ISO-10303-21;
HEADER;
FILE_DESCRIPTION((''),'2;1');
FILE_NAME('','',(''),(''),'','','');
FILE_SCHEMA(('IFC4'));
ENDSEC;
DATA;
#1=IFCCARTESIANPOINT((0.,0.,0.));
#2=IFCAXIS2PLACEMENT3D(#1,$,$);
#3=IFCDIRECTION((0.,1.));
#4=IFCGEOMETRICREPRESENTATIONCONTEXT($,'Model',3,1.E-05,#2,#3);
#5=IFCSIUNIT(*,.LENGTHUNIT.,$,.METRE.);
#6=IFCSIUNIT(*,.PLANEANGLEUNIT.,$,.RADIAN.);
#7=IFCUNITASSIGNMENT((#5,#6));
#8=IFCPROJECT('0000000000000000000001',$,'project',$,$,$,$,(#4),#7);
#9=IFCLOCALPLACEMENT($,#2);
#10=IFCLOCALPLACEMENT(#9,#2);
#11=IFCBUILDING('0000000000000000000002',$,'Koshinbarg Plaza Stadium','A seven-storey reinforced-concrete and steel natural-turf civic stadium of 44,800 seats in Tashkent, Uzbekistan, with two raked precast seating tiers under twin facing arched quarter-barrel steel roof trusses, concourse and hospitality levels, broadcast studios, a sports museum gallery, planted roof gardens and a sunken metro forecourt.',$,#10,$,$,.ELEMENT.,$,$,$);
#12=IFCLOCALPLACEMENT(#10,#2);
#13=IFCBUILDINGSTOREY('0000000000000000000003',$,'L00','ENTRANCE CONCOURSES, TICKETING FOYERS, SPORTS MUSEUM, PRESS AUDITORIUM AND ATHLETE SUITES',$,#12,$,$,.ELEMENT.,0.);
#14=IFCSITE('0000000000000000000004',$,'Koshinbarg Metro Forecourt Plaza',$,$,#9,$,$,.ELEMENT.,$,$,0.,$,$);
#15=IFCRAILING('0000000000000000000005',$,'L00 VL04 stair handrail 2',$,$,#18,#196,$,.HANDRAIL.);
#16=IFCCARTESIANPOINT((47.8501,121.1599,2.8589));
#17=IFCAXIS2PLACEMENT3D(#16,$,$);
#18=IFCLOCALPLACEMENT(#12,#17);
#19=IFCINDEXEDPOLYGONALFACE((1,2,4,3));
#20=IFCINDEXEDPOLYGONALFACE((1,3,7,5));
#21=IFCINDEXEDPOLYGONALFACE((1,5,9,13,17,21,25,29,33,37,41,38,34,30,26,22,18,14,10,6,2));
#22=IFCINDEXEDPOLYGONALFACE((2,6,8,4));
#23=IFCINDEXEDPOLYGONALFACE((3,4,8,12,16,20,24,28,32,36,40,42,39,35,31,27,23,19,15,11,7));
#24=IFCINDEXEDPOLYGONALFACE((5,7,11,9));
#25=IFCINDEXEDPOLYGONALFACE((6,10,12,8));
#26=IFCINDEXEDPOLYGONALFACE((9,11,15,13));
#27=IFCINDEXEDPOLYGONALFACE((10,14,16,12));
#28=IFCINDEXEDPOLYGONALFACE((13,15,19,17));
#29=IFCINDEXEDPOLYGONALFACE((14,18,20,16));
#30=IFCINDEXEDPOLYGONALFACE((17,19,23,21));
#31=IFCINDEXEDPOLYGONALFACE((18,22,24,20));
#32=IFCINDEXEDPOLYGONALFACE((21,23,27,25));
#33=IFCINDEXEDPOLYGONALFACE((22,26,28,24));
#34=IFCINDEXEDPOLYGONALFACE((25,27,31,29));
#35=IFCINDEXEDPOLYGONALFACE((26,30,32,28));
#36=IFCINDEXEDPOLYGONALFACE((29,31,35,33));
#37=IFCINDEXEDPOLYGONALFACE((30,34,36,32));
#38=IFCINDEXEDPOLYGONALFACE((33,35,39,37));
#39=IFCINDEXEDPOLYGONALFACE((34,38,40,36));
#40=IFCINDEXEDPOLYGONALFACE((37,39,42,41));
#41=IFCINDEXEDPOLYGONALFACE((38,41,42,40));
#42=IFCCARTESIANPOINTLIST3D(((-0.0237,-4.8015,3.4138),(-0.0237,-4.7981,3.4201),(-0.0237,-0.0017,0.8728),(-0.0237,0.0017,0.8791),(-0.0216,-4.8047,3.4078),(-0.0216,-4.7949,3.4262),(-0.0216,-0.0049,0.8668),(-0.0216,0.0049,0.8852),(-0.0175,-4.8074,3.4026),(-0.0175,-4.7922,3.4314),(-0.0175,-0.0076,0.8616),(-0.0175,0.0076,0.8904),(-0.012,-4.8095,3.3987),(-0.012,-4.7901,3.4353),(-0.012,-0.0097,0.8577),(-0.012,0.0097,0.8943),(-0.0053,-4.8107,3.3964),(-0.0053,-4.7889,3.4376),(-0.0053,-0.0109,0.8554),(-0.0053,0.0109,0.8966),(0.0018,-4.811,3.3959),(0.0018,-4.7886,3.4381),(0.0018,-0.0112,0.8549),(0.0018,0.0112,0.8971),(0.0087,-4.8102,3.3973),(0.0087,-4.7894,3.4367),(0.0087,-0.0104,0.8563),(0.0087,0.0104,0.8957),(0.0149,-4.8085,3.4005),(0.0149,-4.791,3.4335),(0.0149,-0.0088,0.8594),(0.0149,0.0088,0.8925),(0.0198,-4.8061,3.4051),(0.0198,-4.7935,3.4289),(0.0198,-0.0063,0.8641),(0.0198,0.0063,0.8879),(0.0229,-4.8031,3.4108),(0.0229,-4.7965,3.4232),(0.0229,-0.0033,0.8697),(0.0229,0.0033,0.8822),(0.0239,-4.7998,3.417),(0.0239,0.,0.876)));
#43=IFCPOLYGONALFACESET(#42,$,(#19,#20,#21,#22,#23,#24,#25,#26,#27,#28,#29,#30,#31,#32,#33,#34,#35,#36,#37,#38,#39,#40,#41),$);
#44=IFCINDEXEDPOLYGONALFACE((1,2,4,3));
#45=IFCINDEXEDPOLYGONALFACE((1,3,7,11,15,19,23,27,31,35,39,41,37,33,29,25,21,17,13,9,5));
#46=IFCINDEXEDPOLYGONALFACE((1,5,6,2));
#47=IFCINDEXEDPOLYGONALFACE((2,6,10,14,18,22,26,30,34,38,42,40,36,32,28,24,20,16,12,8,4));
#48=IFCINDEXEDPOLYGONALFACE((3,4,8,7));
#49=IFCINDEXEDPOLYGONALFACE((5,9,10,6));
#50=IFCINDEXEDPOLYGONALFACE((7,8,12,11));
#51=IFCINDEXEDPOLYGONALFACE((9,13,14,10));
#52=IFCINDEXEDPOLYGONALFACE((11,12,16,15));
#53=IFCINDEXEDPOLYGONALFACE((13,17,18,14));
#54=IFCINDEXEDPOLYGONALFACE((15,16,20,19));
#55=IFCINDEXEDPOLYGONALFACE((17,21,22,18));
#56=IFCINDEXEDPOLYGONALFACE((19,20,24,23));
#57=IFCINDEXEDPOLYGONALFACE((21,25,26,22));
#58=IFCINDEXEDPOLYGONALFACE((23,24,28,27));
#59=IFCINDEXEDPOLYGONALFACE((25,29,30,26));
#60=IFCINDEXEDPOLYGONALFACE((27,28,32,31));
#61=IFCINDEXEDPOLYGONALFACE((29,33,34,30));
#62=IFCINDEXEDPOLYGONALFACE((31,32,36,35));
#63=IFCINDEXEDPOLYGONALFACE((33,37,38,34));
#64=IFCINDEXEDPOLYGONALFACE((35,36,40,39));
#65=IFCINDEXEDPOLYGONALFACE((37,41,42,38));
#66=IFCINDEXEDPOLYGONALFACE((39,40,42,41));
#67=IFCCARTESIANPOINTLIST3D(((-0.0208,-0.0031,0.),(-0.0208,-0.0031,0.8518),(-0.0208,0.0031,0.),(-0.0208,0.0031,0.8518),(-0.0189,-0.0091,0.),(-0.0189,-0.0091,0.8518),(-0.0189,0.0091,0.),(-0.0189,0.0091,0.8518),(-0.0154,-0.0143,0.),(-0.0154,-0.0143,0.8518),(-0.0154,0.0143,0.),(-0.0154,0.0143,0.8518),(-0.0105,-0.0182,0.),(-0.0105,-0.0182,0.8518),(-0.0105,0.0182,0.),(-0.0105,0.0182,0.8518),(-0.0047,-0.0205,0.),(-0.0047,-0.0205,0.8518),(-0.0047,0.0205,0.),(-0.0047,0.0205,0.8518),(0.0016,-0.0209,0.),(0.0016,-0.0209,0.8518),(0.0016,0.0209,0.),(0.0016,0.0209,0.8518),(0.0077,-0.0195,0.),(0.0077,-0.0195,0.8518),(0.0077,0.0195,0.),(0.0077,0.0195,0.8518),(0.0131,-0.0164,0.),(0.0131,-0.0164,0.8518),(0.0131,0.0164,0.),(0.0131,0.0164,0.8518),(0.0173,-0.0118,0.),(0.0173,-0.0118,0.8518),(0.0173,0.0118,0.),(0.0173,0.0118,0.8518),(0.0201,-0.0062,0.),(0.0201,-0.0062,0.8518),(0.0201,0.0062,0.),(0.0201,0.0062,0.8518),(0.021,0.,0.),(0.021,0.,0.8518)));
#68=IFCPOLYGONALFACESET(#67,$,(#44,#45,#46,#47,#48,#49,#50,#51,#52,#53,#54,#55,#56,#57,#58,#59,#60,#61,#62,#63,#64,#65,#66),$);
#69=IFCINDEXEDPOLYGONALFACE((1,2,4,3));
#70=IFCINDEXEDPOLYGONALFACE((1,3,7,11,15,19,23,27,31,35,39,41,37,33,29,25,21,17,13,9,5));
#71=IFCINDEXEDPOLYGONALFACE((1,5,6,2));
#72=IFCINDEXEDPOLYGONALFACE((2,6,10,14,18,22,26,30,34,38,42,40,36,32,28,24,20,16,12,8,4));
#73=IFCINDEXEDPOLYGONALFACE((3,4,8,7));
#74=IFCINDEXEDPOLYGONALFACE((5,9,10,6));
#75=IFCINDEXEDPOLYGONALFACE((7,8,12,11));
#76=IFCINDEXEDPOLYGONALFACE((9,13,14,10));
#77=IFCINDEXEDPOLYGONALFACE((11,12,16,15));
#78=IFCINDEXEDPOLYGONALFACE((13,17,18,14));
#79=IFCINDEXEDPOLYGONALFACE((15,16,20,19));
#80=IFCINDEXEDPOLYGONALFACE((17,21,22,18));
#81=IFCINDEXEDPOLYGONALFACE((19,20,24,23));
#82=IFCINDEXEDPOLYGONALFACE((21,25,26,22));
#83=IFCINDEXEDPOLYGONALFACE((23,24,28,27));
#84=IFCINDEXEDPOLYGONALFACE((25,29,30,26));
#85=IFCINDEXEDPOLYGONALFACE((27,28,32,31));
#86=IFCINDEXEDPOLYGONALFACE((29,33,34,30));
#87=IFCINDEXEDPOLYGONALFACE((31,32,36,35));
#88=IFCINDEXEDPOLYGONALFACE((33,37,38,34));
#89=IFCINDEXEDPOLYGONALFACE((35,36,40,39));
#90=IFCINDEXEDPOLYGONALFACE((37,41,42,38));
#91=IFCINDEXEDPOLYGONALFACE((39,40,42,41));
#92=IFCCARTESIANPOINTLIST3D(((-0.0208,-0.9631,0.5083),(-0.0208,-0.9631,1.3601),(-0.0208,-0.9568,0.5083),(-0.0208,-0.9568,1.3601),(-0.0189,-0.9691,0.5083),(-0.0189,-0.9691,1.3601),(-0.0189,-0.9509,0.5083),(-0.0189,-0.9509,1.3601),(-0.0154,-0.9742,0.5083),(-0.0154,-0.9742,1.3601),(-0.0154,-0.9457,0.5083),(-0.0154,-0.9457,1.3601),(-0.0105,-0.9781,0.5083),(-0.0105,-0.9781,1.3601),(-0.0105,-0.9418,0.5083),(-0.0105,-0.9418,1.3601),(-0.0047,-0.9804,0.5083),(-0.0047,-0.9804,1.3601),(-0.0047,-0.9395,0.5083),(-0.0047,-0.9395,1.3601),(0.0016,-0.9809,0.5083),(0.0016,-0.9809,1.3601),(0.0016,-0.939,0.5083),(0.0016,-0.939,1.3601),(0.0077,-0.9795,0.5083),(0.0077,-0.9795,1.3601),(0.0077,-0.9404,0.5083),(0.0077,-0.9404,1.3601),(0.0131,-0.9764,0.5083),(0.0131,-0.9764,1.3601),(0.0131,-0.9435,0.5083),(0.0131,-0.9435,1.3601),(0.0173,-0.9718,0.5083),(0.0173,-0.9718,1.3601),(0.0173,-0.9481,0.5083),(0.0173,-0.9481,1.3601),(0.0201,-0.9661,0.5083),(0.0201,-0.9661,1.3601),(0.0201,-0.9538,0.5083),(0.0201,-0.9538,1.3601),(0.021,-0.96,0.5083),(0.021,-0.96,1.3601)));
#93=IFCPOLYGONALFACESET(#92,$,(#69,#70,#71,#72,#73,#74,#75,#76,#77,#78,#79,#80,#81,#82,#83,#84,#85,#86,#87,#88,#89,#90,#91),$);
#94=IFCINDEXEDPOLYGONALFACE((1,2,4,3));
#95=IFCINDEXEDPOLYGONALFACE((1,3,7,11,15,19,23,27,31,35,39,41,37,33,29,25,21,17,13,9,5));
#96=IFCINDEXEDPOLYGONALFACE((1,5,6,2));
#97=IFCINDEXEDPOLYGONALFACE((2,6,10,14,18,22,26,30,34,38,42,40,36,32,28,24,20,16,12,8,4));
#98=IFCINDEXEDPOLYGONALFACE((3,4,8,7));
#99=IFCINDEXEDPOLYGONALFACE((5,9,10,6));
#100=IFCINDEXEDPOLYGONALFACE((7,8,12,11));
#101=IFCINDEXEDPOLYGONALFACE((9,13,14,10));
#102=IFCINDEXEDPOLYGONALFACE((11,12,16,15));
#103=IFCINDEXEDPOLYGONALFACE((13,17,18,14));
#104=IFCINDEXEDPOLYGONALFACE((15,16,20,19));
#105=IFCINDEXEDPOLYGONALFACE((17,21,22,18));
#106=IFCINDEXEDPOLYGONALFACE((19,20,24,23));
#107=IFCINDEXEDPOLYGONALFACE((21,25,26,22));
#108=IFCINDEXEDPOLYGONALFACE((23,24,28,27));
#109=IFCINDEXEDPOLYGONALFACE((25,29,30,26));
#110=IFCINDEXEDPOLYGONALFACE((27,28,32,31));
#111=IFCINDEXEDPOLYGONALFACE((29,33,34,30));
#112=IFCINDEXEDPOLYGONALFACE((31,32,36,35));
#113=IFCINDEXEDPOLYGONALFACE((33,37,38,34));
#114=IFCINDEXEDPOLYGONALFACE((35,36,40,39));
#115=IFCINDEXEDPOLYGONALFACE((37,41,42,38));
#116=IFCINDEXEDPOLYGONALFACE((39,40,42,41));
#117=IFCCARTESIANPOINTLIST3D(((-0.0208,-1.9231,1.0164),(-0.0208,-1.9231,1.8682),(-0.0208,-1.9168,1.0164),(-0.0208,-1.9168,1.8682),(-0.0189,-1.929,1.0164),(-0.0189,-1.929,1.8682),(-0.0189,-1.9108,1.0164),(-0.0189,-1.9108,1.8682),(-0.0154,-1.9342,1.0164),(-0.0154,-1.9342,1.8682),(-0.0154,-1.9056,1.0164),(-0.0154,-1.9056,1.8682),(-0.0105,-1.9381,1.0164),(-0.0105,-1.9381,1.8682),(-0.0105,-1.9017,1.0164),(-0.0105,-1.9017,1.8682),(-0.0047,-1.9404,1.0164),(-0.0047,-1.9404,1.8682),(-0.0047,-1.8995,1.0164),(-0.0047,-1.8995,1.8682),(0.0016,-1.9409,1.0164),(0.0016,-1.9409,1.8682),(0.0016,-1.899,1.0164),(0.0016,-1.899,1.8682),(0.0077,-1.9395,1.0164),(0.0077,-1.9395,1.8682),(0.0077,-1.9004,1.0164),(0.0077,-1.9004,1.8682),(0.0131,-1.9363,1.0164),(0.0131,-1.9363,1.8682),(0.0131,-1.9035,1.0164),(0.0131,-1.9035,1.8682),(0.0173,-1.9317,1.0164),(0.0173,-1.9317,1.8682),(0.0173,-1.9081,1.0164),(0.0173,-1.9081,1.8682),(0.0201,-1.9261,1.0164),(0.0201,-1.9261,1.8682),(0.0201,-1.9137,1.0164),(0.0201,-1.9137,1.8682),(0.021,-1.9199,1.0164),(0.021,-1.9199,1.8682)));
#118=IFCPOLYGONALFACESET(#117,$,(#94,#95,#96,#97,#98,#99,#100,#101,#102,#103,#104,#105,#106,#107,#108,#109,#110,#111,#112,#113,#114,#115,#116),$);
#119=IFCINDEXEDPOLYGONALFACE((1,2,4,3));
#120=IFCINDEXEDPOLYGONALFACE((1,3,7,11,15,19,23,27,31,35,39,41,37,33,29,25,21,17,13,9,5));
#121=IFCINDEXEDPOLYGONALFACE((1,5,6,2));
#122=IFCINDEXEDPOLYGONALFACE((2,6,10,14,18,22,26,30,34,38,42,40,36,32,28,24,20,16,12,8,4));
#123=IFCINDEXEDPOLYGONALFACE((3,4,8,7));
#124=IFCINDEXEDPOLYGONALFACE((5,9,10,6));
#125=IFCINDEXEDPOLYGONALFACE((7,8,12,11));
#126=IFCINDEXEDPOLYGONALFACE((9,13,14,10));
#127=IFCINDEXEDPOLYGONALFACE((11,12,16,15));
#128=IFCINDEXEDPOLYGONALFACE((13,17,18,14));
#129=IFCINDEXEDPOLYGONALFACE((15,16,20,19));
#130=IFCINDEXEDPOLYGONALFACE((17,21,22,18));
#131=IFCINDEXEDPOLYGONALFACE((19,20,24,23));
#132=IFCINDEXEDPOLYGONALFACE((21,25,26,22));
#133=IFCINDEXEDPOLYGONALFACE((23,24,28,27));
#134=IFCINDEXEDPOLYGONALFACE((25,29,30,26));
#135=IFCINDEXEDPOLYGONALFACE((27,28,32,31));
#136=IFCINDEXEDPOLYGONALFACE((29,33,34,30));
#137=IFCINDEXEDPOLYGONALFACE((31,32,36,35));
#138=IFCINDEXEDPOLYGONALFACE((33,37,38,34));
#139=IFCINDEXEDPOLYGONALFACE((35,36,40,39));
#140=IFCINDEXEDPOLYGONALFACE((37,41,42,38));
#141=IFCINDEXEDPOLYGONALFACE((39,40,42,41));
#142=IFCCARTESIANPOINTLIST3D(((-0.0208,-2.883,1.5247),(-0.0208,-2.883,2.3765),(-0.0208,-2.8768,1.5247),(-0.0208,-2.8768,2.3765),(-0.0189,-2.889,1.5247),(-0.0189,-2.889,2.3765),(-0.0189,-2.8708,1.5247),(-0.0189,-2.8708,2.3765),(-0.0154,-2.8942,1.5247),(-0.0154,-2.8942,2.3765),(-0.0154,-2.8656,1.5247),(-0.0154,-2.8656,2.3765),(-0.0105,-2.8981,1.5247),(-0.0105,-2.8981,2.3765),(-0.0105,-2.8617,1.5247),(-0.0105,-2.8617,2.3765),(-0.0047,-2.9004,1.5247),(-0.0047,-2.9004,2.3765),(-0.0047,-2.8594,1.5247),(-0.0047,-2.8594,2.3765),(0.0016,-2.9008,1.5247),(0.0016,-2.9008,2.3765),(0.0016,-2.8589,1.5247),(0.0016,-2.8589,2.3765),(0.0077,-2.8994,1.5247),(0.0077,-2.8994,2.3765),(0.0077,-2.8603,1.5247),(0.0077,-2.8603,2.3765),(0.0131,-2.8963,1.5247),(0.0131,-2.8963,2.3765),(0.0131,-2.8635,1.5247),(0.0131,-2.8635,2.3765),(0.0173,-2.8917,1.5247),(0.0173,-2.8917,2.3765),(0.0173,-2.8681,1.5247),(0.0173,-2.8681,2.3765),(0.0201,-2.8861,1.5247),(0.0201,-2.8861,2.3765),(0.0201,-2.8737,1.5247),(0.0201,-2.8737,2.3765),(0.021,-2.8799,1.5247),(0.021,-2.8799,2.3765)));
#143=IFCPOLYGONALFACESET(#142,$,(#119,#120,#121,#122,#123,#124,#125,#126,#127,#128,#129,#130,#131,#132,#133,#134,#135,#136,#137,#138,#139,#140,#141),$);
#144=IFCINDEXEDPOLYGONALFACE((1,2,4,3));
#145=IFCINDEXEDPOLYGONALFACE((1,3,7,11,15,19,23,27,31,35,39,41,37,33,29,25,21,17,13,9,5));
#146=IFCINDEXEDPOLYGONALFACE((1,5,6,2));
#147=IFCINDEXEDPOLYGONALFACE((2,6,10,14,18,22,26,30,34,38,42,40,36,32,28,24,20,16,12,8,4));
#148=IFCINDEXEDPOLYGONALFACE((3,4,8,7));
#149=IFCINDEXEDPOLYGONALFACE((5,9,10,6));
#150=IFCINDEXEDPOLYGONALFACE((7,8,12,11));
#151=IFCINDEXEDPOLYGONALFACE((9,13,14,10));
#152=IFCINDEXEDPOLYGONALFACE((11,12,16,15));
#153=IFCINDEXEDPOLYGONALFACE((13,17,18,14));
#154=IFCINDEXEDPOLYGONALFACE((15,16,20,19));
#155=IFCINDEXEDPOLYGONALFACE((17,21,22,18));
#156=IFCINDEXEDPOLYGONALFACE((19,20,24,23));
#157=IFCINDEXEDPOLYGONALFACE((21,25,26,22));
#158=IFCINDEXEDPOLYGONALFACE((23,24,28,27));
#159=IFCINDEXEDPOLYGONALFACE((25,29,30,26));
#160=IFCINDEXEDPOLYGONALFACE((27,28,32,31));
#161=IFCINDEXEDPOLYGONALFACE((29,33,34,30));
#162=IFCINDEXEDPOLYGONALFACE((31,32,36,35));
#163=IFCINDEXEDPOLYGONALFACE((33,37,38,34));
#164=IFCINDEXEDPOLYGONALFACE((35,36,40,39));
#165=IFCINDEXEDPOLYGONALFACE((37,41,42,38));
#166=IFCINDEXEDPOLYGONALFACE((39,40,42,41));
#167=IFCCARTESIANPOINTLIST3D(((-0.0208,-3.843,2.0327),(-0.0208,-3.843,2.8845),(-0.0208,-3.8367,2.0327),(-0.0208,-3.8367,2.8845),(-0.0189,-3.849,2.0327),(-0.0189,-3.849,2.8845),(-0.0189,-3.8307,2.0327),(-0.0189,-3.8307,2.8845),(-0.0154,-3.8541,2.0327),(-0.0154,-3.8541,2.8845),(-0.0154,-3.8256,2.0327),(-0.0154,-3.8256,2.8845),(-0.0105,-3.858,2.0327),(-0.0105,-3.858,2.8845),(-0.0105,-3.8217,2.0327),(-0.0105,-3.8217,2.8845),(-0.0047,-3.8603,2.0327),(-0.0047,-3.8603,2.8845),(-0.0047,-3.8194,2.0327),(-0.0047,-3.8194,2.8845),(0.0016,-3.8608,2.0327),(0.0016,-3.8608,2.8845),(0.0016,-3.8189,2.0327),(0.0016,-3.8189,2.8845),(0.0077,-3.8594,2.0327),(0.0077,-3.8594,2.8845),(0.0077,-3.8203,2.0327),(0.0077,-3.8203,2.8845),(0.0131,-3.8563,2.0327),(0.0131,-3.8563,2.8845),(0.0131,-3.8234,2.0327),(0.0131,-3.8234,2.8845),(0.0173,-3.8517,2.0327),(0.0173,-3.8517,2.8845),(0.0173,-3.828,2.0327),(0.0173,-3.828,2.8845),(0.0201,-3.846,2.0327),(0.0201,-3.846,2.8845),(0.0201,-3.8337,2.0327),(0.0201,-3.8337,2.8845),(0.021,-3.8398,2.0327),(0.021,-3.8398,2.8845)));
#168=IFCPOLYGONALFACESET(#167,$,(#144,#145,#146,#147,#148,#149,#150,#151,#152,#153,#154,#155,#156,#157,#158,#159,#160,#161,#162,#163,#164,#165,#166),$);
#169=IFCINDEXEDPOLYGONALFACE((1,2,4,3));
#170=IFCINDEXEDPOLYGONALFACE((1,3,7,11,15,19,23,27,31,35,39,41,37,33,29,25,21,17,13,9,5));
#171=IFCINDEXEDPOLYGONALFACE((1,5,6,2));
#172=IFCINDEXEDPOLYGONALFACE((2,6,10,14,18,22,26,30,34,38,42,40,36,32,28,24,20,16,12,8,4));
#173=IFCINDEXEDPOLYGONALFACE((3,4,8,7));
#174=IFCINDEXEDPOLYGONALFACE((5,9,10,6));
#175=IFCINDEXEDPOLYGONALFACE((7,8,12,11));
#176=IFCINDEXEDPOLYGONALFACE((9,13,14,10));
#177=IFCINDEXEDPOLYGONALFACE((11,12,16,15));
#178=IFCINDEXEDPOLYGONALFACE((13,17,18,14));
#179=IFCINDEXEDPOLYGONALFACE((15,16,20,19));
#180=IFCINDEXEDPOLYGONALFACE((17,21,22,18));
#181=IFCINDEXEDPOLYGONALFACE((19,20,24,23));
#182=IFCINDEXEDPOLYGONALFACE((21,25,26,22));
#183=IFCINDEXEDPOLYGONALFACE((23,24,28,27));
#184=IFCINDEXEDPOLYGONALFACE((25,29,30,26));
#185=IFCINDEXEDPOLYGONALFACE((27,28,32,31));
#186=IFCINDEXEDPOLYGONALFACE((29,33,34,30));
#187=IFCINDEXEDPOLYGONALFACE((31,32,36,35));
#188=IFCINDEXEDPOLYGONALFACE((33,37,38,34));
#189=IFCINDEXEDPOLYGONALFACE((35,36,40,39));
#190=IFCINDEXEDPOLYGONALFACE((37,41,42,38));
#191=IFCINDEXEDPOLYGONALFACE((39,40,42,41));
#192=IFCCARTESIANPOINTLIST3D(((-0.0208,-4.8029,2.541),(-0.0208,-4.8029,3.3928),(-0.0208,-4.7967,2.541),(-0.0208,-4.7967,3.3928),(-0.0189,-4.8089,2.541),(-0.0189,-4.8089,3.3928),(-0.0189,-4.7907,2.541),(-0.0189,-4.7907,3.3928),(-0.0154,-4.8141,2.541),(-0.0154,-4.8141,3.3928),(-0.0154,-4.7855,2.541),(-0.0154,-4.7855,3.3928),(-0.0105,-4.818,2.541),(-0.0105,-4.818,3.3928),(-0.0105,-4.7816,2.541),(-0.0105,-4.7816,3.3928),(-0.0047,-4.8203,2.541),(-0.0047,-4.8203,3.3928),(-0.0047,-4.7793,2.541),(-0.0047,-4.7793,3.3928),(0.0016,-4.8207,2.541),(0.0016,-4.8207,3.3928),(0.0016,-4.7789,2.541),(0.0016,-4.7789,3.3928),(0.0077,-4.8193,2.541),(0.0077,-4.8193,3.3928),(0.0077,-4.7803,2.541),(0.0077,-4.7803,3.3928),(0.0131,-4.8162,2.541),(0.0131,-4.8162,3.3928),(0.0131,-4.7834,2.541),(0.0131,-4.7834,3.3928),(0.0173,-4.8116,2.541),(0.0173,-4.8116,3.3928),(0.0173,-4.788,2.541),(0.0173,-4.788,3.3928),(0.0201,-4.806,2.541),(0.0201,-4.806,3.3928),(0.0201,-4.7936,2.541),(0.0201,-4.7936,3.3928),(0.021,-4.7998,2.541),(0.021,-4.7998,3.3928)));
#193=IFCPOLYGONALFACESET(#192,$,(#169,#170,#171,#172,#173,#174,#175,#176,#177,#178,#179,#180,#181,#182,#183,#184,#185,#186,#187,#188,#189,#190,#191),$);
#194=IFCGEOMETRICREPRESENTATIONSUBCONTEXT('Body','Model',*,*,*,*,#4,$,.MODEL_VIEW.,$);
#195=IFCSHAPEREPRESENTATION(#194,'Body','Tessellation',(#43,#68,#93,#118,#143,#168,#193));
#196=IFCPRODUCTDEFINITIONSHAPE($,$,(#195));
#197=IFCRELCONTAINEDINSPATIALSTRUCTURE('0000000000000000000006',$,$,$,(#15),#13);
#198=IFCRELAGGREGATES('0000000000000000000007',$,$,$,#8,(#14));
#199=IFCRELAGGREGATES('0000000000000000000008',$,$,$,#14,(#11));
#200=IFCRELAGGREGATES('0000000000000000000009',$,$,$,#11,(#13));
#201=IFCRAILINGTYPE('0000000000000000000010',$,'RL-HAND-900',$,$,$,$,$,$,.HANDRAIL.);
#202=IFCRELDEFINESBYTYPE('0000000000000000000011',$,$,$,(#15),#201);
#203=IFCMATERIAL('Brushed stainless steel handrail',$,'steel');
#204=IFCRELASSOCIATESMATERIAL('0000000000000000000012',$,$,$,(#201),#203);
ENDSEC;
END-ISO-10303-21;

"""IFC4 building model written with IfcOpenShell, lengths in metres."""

from ifc_helpers import new_model, si_unit, direction, frame, origin, origin_2d, place, context, subcontext, project, spatial, circle, extrude, material, type_object, element, save


model = new_model("IFC4")

# Units and contexts
model_context = context("Model", 3, precision=1e-05, world=origin(), true_north=direction((0.0, 1.0)))
body_context = subcontext(model_context, "Body", "Model", "MODEL_VIEW")
ifc_project = project(units=[si_unit("LENGTHUNIT", "METRE"), si_unit("PLANEANGLEUNIT", "RADIAN")], contexts=[model_context])

# Site, building, storey
site_placement = place(None, origin())
site = spatial("IfcSite", under=ifc_project, at=site_placement, Name="Koshinbarg Metro Forecourt Plaza", CompositionType="ELEMENT", RefElevation=0.0)
building_placement = place(site_placement, origin())
building = spatial("IfcBuilding", under=site, at=building_placement, Name="Koshinbarg Plaza Stadium", Description="A seven-storey reinforced-concrete and steel natural-turf civic stadium of 44,800 seats in Tashkent, Uzbekistan, with two raked precast seating tiers under twin facing arched quarter-barrel steel roof trusses, concourse and hospitality levels, broadcast studios, a sports museum gallery, planted roof gardens and a sunken metro forecourt.", CompositionType="ELEMENT")
storey_placement = place(building_placement, origin())
storey = spatial("IfcBuildingStorey", under=building, at=storey_placement, Name="L00", Description="ENTRANCE CONCOURSES, TICKETING FOYERS, SPORTS MUSEUM, PRESS AUDITORIUM AND ATHLETE SUITES", CompositionType="ELEMENT", Elevation=0.0)

# Railing
ifc_material_1 = material(Name="Brushed stainless steel handrail", Category="steel")
railing_type = type_object("IfcRailingType", Name="RL-HAND-900", PredefinedType="HANDRAIL", material=ifc_material_1)
railing_placement = place(storey_placement, frame((47.8501, 121.1599, 2.8589)))
element("IfcRailing", 1, at=railing_placement, inside=storey, type_object=railing_type, Name="L00 VL04 stair handrail 2", PredefinedType="HANDRAIL", context=body_context, shape_type="SweptSolid", body=[
    extrude(circle(Radius=0.0239, at=origin_2d()), frame((0.0, 0.0, 0.876), z_axis=(0.0, -0.883792, 0.467879), x_axis=(1.0, 0.0, 0.0)), (0.0, 0.0, 1.0), 5.4309),
    extrude(circle(Radius=0.021, at=origin_2d()), origin(), (0.0, 0.0, 1.0), 0.8518),
    extrude(circle(Radius=0.021, at=origin_2d()), frame((0.0, -0.96, 0.5083)), (0.0, 0.0, 1.0), 0.8518),
    extrude(circle(Radius=0.021, at=origin_2d()), frame((0.0, -1.9199, 1.0164)), (0.0, 0.0, 1.0), 0.8518),
    extrude(circle(Radius=0.021, at=origin_2d()), frame((0.0, -2.8799, 1.5247)), (0.0, 0.0, 1.0), 0.8518),
    extrude(circle(Radius=0.021, at=origin_2d()), frame((0.0, -3.8398, 2.0327)), (0.0, 0.0, 1.0), 0.8518),
    extrude(circle(Radius=0.021, at=origin_2d()), frame((0.0, -4.7998, 2.541)), (0.0, 0.0, 1.0), 0.8518),
])

save(model, "model.ifc")
